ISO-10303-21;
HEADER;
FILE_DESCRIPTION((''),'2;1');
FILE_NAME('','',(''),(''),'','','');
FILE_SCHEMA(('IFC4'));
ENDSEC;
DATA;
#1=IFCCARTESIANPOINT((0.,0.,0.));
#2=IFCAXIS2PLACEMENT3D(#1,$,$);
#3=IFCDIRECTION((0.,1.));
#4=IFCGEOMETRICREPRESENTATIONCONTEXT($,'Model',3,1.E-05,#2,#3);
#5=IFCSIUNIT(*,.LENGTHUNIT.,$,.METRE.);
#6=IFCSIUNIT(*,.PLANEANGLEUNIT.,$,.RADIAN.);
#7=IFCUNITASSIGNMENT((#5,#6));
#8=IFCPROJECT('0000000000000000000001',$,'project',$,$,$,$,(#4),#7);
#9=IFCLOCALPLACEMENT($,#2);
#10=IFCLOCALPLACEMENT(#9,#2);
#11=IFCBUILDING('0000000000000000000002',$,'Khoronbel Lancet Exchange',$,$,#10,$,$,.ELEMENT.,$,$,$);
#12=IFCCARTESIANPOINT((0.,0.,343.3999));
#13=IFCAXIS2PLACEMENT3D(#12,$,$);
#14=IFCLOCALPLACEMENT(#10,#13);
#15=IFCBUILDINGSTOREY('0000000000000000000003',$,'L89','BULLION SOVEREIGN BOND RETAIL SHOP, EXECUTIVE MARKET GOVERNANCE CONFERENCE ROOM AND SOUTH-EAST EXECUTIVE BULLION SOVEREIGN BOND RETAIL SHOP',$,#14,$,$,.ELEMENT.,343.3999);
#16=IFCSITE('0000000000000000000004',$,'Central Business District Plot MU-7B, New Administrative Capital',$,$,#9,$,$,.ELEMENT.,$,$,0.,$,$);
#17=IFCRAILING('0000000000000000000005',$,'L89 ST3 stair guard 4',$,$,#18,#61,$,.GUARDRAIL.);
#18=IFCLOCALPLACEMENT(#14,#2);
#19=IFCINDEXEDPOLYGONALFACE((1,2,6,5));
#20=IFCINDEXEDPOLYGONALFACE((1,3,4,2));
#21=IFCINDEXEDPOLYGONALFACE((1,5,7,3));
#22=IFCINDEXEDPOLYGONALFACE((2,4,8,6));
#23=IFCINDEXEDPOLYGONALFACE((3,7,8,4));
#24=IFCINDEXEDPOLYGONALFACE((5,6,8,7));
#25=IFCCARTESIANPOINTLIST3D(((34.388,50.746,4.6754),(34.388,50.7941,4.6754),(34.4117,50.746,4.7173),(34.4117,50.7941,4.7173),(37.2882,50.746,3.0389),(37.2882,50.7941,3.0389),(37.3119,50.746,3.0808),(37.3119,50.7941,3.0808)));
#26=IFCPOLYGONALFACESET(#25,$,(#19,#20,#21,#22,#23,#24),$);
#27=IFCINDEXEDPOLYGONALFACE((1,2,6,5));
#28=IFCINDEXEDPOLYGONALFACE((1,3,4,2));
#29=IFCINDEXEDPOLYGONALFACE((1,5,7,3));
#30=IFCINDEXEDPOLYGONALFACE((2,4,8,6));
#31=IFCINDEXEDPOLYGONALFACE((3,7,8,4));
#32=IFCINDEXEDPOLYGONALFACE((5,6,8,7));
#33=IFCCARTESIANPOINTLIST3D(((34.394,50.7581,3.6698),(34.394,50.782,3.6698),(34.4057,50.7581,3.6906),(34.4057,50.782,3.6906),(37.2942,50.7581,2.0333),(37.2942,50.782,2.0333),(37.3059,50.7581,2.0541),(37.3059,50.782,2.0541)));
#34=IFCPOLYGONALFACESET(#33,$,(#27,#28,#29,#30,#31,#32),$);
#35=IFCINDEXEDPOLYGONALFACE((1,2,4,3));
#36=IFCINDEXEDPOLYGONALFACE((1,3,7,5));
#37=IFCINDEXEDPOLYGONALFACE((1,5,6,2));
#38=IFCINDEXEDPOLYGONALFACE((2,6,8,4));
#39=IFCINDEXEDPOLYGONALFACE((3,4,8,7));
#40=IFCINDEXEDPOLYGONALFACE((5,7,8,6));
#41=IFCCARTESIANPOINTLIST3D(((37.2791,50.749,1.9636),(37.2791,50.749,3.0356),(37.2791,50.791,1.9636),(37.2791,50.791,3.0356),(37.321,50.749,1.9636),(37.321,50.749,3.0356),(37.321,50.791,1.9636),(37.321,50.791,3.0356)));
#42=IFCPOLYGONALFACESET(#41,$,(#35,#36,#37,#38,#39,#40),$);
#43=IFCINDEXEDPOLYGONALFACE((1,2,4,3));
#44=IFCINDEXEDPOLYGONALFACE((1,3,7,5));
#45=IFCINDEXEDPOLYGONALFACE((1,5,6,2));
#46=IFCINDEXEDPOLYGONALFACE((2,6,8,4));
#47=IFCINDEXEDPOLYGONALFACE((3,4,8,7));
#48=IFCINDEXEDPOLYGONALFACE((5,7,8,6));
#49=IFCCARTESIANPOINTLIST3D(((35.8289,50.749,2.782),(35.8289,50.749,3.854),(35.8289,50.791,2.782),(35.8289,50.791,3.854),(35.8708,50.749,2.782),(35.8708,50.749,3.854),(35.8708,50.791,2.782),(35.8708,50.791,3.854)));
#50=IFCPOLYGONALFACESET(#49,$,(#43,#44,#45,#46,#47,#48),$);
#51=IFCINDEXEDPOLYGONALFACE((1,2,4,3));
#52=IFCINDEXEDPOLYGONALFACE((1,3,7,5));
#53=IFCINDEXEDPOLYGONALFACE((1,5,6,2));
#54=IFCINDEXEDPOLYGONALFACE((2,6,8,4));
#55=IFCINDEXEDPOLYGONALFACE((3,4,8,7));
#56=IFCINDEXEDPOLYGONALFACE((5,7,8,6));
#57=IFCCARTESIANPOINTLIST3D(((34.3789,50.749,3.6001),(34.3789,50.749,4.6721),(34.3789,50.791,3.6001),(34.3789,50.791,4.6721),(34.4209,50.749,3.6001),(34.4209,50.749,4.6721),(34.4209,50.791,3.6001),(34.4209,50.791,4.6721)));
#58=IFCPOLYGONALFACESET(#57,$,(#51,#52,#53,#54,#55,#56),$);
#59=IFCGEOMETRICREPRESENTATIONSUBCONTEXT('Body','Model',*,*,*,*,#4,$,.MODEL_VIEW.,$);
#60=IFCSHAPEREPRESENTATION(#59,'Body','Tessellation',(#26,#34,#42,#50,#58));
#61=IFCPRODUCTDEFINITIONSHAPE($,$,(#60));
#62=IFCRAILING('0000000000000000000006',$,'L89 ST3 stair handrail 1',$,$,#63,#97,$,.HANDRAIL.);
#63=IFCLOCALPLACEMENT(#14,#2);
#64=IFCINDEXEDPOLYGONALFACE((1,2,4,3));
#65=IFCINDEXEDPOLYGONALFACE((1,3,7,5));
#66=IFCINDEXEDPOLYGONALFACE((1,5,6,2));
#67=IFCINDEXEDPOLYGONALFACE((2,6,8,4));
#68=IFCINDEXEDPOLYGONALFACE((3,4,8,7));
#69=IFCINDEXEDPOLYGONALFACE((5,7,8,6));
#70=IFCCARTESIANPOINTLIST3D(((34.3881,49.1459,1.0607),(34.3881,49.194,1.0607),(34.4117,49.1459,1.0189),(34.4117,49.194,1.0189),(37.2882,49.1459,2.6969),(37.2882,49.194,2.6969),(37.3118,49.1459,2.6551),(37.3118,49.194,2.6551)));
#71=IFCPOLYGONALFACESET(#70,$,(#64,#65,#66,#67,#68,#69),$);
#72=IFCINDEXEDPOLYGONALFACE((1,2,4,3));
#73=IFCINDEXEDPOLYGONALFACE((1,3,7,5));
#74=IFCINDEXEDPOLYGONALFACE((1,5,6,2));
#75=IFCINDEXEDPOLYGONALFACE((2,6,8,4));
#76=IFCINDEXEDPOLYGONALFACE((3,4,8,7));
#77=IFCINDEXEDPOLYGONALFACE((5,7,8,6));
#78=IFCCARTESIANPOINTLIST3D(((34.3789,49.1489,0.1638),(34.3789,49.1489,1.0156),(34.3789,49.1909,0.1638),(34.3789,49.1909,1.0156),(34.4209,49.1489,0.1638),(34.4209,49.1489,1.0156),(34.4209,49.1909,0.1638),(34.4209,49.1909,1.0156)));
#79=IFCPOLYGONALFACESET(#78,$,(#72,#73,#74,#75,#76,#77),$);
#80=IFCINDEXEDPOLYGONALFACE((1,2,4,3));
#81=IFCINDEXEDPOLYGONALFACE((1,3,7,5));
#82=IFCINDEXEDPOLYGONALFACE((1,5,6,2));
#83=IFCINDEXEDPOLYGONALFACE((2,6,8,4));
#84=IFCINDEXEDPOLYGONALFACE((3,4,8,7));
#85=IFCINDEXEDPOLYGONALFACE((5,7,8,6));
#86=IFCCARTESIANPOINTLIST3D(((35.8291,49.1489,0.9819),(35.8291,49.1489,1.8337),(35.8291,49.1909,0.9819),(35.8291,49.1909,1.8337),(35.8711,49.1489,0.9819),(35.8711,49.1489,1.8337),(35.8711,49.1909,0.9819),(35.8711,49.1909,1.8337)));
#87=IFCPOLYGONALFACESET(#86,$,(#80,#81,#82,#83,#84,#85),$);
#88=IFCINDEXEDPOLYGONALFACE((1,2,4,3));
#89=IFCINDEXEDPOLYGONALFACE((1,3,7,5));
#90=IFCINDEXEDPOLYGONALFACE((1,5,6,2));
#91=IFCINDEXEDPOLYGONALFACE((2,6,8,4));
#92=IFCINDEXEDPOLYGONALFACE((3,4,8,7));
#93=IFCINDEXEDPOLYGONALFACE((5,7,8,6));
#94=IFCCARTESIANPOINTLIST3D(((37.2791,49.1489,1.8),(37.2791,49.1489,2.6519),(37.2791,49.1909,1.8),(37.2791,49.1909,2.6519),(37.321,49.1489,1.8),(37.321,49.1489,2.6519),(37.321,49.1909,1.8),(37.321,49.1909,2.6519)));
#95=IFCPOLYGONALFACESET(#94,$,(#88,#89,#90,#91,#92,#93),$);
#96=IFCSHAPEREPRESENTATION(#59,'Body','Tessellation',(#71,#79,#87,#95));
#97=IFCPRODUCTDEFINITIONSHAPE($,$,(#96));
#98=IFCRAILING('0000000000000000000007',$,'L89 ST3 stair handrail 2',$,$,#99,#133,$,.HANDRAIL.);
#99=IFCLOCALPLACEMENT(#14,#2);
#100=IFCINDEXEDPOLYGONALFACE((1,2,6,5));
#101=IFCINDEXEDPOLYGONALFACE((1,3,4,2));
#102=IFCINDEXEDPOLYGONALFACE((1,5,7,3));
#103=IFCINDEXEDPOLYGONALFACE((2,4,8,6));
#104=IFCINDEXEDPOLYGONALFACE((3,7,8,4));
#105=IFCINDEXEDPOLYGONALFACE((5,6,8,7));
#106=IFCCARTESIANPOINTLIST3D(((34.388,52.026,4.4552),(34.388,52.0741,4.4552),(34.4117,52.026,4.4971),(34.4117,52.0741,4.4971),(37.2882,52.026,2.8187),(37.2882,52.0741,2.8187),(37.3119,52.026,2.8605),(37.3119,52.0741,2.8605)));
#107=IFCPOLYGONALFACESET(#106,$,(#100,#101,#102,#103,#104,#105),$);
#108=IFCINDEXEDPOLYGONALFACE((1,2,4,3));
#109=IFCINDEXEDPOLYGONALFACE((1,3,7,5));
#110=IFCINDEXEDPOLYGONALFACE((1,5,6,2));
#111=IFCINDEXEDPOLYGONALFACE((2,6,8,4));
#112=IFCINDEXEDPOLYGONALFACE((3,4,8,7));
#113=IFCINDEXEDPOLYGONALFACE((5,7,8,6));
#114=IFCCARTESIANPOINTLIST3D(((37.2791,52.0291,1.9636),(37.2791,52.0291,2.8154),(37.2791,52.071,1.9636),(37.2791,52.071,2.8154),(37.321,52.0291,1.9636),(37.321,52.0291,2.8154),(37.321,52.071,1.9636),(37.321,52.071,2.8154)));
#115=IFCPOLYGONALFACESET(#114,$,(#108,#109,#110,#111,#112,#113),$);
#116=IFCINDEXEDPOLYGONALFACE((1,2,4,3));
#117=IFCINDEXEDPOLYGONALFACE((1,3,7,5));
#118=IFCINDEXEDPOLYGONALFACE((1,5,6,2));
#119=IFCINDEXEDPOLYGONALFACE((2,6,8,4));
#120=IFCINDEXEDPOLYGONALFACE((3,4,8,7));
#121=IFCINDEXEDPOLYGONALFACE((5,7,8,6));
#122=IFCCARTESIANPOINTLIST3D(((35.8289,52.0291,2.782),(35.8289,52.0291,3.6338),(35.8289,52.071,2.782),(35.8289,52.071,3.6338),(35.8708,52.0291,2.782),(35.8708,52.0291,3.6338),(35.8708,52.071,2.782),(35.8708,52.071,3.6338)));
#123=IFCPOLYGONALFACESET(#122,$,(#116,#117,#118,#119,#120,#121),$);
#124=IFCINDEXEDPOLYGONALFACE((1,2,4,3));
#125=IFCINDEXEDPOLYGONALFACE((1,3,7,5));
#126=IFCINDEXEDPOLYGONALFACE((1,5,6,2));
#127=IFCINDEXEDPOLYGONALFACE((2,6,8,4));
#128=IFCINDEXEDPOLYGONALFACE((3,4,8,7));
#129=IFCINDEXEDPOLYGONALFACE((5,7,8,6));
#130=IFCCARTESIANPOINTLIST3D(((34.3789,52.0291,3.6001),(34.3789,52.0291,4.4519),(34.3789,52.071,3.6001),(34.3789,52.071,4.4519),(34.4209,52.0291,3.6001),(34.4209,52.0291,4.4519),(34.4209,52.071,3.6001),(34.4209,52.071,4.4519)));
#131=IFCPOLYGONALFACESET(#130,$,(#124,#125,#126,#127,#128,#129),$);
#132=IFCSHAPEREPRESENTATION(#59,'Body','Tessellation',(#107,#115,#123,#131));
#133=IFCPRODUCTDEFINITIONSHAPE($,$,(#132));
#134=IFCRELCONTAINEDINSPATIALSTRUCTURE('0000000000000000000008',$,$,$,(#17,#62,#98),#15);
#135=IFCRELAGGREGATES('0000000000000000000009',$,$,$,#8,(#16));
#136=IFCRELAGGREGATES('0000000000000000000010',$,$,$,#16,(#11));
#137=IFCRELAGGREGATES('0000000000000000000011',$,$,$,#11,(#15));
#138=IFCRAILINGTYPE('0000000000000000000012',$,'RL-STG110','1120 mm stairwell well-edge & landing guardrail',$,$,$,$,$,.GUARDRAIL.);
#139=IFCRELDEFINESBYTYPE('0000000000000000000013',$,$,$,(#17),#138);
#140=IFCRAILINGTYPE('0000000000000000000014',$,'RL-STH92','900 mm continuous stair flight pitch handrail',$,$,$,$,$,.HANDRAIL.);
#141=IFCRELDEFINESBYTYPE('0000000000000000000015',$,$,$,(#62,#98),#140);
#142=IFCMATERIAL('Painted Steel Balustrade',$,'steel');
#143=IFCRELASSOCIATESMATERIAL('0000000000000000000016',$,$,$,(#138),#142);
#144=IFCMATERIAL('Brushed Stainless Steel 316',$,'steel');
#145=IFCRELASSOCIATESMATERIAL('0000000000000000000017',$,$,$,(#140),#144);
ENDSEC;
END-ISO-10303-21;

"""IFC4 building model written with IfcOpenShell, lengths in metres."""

from ifc_helpers import new_model, si_unit, direction, frame, origin, origin_2d, place, context, subcontext, project, spatial, rectangle, extrude, material, type_object, element, save


model = new_model("IFC4")

# Units and contexts
model_context = context("Model", 3, precision=1e-05, world=origin(), true_north=direction((0.0, 1.0)))
body_context = subcontext(model_context, "Body", "Model", "MODEL_VIEW")
ifc_project = project(units=[si_unit("LENGTHUNIT", "METRE"), si_unit("PLANEANGLEUNIT", "RADIAN")], contexts=[model_context])

# Site, building, storey
site_placement = place(None, origin())
site = spatial("IfcSite", under=ifc_project, at=site_placement, Name="Central Business District Plot MU-7B, New Administrative Capital", CompositionType="ELEMENT", RefElevation=0.0)
building_placement = place(site_placement, origin())
building = spatial("IfcBuilding", under=site, at=building_placement, Name="Khoronbel Lancet Exchange", CompositionType="ELEMENT")
storey_placement = place(building_placement, frame((0.0, 0.0, 343.3999)))
storey = spatial("IfcBuildingStorey", under=building, at=storey_placement, Name="L89", Description="BULLION SOVEREIGN BOND RETAIL SHOP, EXECUTIVE MARKET GOVERNANCE CONFERENCE ROOM AND SOUTH-EAST EXECUTIVE BULLION SOVEREIGN BOND RETAIL SHOP", CompositionType="ELEMENT", Elevation=343.3999)

# Railings
ifc_material_1 = material(Name="Painted Steel Balustrade", Category="steel")
railing_type_1 = type_object("IfcRailingType", Name="RL-STG110", Description="1120 mm stairwell well-edge & landing guardrail", PredefinedType="GUARDRAIL", material=ifc_material_1)
railing_1_placement = place(storey_placement, frame((37.3, 50.77, 1.9636)))
element("IfcRailing", 1, at=railing_1_placement, inside=storey, type_object=railing_type_1, Name="L89 ST3 stair guard 4", PredefinedType="GUARDRAIL", context=body_context, shape_type="SweptSolid", body=[
    extrude(rectangle(XDim=0.0481, YDim=0.0481, at=origin_2d()), frame((0.0, 0.0, 1.0962), z_axis=(-0.870915, 0.0, 0.491434), x_axis=(0.0, -1.0, 0.0)), (0.0, 0.0, 1.0), 3.3301),
    extrude(rectangle(XDim=0.0239, YDim=0.0239, at=origin_2d()), frame((0.0, 0.0, 0.0801), z_axis=(-0.870915, 0.0, 0.491434), x_axis=(0.0, -1.0, 0.0)), (0.0, 0.0, 1.0), 3.3301),
    extrude(rectangle(XDim=0.042, YDim=0.042, at=origin_2d()), origin(), (0.0, 0.0, 1.0), 1.072),
    extrude(rectangle(XDim=0.042, YDim=0.042, at=origin_2d()), frame((-1.4502, 0.0, 0.8184)), (0.0, 0.0, 1.0), 1.072),
    extrude(rectangle(XDim=0.042, YDim=0.042, at=origin_2d()), frame((-2.9001, 0.0, 1.6365)), (0.0, 0.0, 1.0), 1.072),
])
ifc_material_2 = material(Name="Brushed Stainless Steel 316", Category="steel")
railing_type_2 = type_object("IfcRailingType", Name="RL-STH92", Description="900 mm continuous stair flight pitch handrail", PredefinedType="HANDRAIL", material=ifc_material_2)
railing_2_placement = place(storey_placement, frame((34.3999, 49.1699, 0.1638)))
element("IfcRailing", 2, at=railing_2_placement, inside=storey, type_object=railing_type_2, Name="L89 ST3 stair handrail 1", PredefinedType="HANDRAIL", context=body_context, shape_type="SweptSolid", body=[
    extrude(rectangle(XDim=0.0481, YDim=0.0481, at=origin_2d()), frame((0.0, 0.0, 0.876), z_axis=(0.870946, 0.0, 0.491378), x_axis=(0.0, 1.0, 0.0)), (0.0, 0.0, 1.0), 3.3298),
    extrude(rectangle(XDim=0.042, YDim=0.042, at=origin_2d()), origin(), (0.0, 0.0, 1.0), 0.8518),
    extrude(rectangle(XDim=0.042, YDim=0.042, at=origin_2d()), frame((1.4502, 0.0, 0.8181)), (0.0, 0.0, 1.0), 0.8518),
    extrude(rectangle(XDim=0.042, YDim=0.042, at=origin_2d()), frame((2.9001, 0.0, 1.6362)), (0.0, 0.0, 1.0), 0.8518),
])
railing_3_placement = place(storey_placement, frame((37.3, 52.05, 1.9636)))
element("IfcRailing", 3, at=railing_3_placement, inside=storey, type_object=railing_type_2, Name="L89 ST3 stair handrail 2", PredefinedType="HANDRAIL", context=body_context, shape_type="SweptSolid", body=[
    extrude(rectangle(XDim=0.0481, YDim=0.0481, at=origin_2d()), frame((0.0, 0.0, 0.876), z_axis=(-0.870915, 0.0, 0.491434), x_axis=(0.0, -1.0, 0.0)), (0.0, 0.0, 1.0), 3.3301),
    extrude(rectangle(XDim=0.042, YDim=0.042, at=origin_2d()), origin(), (0.0, 0.0, 1.0), 0.8518),
    extrude(rectangle(XDim=0.042, YDim=0.042, at=origin_2d()), frame((-1.4502, 0.0, 0.8184)), (0.0, 0.0, 1.0), 0.8518),
    extrude(rectangle(XDim=0.042, YDim=0.042, at=origin_2d()), frame((-2.9001, 0.0, 1.6365)), (0.0, 0.0, 1.0), 0.8518),
])

save(model, "model.ifc")
